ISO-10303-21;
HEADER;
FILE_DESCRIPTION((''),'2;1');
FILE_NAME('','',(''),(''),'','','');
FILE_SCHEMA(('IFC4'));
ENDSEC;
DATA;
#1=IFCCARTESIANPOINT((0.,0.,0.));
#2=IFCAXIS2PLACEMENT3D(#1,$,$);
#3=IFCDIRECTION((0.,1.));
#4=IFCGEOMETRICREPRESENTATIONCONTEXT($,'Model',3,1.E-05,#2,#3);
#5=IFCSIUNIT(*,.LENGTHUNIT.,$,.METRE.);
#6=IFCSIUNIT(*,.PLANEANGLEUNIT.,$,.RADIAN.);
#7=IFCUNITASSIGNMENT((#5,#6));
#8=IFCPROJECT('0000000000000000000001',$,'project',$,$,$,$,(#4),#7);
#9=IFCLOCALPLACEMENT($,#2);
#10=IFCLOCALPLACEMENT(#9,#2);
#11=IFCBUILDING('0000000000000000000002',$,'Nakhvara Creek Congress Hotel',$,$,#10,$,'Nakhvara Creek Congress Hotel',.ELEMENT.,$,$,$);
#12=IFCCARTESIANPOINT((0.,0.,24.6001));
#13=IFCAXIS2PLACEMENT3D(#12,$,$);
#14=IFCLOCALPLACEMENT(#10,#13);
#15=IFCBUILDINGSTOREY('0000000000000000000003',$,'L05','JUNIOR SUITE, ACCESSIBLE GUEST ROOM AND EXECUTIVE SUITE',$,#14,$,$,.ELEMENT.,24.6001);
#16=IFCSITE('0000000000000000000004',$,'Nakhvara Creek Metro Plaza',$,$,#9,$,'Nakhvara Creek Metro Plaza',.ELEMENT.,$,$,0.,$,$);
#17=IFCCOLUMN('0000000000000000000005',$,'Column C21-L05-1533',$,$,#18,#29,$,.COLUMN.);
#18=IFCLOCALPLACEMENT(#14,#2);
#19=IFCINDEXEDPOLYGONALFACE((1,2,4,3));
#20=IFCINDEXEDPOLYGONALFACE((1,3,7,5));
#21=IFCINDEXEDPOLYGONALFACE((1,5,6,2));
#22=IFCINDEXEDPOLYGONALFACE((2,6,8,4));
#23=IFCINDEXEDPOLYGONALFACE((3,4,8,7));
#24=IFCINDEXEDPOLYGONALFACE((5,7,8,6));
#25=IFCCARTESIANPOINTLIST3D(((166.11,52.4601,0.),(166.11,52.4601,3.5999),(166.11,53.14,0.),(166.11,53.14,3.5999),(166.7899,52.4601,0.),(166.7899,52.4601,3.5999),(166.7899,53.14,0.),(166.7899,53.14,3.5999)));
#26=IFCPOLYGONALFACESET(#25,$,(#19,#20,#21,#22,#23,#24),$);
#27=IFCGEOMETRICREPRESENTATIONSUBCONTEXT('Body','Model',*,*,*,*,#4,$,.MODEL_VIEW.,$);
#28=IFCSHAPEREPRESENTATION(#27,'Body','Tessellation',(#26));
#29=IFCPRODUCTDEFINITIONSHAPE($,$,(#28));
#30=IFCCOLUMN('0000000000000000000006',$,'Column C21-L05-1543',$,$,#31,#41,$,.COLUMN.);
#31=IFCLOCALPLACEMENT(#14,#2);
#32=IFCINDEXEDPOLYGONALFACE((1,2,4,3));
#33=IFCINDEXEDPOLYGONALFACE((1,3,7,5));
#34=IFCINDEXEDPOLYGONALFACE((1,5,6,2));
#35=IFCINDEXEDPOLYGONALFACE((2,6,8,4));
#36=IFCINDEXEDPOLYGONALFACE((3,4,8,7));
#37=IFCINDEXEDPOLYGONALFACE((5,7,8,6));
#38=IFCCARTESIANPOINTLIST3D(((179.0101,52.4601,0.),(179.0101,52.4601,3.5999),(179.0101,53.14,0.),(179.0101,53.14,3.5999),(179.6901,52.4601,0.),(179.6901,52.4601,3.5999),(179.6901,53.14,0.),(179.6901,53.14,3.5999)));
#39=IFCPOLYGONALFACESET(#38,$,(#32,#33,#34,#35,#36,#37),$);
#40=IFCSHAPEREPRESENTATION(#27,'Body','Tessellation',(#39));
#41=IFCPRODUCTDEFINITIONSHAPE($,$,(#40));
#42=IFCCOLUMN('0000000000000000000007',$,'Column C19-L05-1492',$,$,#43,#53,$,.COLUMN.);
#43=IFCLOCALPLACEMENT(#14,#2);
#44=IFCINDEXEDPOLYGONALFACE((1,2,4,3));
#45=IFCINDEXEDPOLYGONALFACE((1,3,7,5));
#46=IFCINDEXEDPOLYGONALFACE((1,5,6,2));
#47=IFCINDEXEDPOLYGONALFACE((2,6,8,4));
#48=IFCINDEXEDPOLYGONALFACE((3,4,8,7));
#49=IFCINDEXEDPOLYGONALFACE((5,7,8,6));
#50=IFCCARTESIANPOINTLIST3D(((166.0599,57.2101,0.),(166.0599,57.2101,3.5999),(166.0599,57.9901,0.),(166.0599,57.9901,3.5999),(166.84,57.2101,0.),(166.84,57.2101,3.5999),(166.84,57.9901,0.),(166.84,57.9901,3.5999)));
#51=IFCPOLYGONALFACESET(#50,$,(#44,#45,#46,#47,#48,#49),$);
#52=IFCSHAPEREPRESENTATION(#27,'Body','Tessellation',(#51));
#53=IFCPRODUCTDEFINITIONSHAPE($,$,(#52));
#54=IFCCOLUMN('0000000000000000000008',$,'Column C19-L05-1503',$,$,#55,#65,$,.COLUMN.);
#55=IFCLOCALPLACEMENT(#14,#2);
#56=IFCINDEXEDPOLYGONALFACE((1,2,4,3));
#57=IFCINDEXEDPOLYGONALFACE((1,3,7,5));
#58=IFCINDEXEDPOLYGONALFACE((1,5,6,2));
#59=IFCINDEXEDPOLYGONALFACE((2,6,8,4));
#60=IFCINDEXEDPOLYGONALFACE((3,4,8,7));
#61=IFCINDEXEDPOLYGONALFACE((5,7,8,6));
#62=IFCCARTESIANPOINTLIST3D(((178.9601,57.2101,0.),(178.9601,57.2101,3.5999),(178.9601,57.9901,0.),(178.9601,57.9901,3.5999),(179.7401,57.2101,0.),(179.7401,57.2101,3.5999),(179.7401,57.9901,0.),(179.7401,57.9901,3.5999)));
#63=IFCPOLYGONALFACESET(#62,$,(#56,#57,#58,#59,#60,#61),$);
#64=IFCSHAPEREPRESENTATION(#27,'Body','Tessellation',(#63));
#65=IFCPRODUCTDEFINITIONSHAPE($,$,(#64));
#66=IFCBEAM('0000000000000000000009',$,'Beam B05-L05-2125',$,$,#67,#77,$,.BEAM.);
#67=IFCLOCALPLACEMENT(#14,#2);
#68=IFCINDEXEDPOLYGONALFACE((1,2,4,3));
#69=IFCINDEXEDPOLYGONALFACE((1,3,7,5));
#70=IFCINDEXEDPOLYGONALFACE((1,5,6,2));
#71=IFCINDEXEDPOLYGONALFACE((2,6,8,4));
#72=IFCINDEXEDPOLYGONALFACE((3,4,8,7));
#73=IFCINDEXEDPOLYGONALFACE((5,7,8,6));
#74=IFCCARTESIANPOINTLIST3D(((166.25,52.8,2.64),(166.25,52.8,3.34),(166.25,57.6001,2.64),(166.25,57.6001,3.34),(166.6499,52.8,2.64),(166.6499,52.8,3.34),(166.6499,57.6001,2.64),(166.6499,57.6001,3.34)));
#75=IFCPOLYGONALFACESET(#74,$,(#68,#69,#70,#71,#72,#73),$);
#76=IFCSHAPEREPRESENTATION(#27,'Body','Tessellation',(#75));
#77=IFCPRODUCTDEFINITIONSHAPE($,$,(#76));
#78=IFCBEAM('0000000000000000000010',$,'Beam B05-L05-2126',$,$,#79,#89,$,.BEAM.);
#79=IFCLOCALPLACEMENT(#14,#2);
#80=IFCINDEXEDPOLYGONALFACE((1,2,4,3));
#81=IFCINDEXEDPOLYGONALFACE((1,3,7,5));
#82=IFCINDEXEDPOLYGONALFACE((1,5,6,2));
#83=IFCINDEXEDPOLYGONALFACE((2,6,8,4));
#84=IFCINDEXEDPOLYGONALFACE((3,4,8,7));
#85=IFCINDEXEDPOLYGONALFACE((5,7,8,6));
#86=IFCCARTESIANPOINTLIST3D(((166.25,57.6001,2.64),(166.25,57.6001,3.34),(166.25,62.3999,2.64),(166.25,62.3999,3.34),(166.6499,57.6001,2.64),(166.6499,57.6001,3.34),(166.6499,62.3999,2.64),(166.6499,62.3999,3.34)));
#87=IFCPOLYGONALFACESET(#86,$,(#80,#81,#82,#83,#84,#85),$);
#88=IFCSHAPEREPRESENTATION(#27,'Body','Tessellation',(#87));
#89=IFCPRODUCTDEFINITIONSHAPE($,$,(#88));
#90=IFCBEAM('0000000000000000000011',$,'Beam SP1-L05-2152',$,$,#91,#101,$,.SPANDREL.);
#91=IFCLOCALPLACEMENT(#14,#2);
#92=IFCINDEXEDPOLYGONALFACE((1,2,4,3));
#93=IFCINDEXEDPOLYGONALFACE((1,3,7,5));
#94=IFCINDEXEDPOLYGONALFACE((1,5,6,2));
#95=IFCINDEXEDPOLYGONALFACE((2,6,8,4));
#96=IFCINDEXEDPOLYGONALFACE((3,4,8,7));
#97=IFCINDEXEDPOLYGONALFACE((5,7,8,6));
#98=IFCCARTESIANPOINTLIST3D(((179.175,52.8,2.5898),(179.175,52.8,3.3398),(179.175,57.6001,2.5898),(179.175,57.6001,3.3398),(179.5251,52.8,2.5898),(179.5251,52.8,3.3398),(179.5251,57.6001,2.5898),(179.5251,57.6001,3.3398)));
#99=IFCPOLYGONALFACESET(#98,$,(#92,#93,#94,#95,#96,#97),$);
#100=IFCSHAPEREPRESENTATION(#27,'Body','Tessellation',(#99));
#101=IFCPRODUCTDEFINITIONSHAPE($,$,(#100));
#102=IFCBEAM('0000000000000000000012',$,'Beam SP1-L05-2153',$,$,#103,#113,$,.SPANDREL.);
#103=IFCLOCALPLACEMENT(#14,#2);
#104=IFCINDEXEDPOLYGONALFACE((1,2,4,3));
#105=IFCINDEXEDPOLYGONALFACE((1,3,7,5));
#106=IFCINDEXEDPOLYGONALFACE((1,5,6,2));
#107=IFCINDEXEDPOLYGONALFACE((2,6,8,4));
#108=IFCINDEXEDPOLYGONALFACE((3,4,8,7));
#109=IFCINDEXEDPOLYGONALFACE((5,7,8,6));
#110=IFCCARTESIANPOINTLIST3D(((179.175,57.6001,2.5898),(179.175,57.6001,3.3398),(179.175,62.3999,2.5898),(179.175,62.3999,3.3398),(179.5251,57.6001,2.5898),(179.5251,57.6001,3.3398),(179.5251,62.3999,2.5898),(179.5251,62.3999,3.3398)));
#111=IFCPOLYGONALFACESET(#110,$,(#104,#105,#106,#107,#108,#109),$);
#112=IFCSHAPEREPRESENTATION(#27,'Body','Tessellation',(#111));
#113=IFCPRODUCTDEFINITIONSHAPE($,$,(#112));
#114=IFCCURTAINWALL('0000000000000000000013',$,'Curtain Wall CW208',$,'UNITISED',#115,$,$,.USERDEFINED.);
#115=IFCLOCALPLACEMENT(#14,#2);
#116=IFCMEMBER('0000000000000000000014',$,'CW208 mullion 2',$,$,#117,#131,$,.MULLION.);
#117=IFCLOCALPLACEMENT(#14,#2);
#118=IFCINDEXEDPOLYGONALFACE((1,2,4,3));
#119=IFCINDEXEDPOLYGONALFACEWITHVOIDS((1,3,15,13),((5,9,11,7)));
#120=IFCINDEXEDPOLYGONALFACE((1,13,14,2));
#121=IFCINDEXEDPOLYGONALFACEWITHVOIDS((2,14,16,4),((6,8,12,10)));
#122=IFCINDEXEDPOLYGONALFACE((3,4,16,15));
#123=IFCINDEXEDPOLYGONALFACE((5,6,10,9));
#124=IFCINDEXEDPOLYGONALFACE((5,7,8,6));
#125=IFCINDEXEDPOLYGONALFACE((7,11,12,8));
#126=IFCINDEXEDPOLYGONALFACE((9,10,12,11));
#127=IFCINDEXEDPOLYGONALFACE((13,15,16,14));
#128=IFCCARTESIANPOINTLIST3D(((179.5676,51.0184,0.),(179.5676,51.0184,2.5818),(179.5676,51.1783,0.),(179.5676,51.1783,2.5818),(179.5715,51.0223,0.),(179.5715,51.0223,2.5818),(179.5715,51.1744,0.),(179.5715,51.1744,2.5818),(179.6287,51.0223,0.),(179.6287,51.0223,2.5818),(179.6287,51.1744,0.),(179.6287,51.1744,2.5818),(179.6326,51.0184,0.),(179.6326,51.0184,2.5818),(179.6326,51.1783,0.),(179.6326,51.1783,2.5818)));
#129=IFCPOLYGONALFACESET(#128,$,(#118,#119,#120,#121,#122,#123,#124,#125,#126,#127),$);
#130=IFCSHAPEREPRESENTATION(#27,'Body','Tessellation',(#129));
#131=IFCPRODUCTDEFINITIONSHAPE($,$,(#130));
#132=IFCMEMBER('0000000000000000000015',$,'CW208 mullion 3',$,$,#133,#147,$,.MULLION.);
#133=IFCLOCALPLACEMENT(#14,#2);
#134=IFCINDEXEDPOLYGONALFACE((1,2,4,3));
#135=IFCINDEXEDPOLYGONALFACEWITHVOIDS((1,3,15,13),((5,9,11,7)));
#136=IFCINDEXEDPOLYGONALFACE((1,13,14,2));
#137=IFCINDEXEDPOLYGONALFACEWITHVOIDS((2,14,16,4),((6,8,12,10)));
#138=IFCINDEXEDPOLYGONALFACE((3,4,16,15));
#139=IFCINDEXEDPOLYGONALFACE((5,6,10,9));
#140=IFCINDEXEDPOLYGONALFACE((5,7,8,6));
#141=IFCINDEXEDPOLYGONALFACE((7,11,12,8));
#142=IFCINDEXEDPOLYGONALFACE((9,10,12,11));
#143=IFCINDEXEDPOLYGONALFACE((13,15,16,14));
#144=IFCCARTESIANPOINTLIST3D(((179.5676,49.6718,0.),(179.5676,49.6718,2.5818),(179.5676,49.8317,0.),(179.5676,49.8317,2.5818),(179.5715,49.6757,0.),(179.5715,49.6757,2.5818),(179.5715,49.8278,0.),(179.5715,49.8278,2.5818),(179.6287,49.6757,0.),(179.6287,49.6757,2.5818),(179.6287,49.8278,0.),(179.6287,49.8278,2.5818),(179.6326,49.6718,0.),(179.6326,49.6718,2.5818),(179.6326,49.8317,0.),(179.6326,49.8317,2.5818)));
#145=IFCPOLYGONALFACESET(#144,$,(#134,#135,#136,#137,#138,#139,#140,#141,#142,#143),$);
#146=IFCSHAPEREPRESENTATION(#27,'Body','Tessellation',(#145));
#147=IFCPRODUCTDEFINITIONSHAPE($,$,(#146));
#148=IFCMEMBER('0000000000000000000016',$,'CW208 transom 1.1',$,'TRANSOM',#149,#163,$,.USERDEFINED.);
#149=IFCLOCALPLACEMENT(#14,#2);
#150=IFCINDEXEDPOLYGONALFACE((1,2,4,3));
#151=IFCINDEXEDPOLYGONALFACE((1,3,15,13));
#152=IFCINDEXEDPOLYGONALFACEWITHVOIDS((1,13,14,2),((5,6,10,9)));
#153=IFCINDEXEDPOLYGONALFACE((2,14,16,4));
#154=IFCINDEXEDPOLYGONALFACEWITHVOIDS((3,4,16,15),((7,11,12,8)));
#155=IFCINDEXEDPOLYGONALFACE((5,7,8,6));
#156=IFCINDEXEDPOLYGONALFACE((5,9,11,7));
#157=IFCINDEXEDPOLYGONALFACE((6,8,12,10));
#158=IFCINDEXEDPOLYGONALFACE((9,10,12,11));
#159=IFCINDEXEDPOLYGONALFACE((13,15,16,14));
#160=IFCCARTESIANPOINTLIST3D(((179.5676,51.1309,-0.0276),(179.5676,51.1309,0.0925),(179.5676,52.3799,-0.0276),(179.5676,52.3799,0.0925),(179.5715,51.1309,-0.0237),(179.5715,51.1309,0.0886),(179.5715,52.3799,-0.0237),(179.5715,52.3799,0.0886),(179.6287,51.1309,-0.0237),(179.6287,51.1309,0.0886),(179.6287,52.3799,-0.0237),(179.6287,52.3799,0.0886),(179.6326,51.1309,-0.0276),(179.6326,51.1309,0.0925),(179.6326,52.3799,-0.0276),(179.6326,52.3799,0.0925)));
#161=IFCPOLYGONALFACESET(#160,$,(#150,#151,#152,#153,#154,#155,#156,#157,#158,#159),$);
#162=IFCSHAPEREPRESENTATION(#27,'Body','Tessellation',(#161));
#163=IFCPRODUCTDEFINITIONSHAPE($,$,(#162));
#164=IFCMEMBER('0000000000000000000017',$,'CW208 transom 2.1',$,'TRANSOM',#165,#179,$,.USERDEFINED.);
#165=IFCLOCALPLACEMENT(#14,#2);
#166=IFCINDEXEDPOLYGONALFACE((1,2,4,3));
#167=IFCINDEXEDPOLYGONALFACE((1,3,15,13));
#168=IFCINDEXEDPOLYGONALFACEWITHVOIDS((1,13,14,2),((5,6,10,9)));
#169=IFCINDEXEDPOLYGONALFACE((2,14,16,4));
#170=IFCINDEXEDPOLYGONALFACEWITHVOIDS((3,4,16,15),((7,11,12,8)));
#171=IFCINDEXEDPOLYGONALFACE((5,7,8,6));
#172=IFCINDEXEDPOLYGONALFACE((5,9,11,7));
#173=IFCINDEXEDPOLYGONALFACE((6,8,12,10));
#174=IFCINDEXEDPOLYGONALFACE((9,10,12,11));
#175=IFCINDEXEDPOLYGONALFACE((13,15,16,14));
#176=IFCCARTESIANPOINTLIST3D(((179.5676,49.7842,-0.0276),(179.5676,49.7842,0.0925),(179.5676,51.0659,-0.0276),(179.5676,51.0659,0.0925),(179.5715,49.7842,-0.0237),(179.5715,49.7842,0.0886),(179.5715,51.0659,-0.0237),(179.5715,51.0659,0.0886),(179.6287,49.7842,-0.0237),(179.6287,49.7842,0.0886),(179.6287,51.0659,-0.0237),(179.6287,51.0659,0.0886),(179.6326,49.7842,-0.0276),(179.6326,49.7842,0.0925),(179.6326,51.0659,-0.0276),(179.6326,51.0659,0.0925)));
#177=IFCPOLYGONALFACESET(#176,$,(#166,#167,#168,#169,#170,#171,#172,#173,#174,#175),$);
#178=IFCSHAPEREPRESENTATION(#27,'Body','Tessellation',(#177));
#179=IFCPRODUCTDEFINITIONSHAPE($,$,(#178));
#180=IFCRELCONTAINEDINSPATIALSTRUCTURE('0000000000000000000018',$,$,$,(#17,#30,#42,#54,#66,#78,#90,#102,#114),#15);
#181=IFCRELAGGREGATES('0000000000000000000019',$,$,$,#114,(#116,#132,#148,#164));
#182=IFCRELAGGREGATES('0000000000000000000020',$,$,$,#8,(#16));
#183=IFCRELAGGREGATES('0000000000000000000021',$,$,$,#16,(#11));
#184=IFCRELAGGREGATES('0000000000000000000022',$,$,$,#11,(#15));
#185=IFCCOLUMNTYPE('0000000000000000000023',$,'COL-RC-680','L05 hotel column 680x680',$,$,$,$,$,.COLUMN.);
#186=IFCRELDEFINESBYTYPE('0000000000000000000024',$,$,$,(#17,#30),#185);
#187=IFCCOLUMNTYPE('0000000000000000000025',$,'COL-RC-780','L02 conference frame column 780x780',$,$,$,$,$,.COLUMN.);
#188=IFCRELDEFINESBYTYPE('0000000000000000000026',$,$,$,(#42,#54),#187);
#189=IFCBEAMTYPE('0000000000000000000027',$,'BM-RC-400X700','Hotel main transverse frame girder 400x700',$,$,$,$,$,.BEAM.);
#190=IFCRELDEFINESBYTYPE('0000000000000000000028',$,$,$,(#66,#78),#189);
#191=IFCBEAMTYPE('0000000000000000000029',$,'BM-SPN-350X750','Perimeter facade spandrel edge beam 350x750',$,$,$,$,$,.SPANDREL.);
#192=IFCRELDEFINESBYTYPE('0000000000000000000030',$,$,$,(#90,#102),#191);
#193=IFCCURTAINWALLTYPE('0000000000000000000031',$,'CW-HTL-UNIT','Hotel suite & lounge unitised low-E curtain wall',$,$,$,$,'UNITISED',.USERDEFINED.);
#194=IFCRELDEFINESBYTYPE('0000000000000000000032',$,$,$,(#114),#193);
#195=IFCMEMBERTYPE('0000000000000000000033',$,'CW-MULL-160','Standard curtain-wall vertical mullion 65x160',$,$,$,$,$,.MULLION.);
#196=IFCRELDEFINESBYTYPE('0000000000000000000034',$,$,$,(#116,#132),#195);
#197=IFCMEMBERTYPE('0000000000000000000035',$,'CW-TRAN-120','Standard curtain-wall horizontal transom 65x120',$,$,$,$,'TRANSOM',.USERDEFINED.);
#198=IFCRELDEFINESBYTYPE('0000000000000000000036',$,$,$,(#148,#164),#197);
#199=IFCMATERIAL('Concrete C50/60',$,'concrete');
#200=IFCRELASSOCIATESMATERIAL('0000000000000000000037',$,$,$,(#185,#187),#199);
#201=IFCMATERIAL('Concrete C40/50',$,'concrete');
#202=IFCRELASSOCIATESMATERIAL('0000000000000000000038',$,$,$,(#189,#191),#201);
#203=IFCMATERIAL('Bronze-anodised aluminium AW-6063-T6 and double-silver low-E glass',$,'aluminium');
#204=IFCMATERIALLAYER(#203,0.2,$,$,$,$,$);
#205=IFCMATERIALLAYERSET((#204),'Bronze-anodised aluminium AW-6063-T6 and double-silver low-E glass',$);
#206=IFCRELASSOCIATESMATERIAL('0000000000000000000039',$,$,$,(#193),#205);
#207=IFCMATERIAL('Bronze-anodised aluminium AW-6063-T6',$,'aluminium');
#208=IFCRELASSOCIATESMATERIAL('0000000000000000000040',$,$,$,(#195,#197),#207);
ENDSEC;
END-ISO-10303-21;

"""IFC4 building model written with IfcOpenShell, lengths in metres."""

from ifc_helpers import new_model, si_unit, direction, frame, origin, origin_2d, place, context, subcontext, project, spatial, rectangle, hollow_rectangle, extrude, material, layer, layer_set, material_profile, profile_set, type_object, element, aggregate, save


model = new_model("IFC4")

# Units and contexts
model_context = context("Model", 3, precision=1e-05, world=origin(), true_north=direction((0.0, 1.0)))
body_context = subcontext(model_context, "Body", "Model", "MODEL_VIEW")
ifc_project = project(units=[si_unit("LENGTHUNIT", "METRE"), si_unit("PLANEANGLEUNIT", "RADIAN")], contexts=[model_context])

# Site, building, storey
site_placement = place(None, origin())
site = spatial("IfcSite", under=ifc_project, at=site_placement, Name="Nakhvara Creek Metro Plaza", LongName="Nakhvara Creek Metro Plaza", CompositionType="ELEMENT", RefElevation=0.0)
building_placement = place(site_placement, origin())
building = spatial("IfcBuilding", under=site, at=building_placement, Name="Nakhvara Creek Congress Hotel", LongName="Nakhvara Creek Congress Hotel", CompositionType="ELEMENT")
storey_placement = place(building_placement, frame((0.0, 0.0, 24.6001)))
storey = spatial("IfcBuildingStorey", under=building, at=storey_placement, Name="L05", Description="JUNIOR SUITE, ACCESSIBLE GUEST ROOM AND EXECUTIVE SUITE", CompositionType="ELEMENT", Elevation=24.6001)

# Columns
ifc_material_1 = material(Name="Concrete C50/60", Category="concrete")
ifc_material_profile_1 = material_profile(ifc_material_1, rectangle(XDim=0.6799, YDim=0.6799, at=origin_2d()), Name="RC-COL 680x680", Category="LoadBearing")
ifc_profile_set_1 = profile_set([ifc_material_profile_1], Name="Concrete C50/60")
column_type_1 = type_object("IfcColumnType", Name="COL-RC-680", Description="L05 hotel column 680x680", PredefinedType="COLUMN", material=ifc_profile_set_1)
for number, where, z_axis, x_axis, name in (
    (1, (166.45, 52.8, 0.0), (0.0, 0.0, 1.0), (1.0, 0.0, 0.0), "Column C21-L05-1533"),
    (2, (179.3501, 52.8, 0.0), (0.0, 0.0, 1.0), (1.0, 0.0, 0.0), "Column C21-L05-1543"),
):
    element("IfcColumn", number, at=place(storey_placement, frame(where, z_axis=z_axis, x_axis=x_axis)), inside=storey, type_object=column_type_1, Name=name, PredefinedType="COLUMN", context=body_context, shape_type="SweptSolid", body=[
        extrude(rectangle(XDim=0.6799, YDim=0.6799, at=origin_2d()), origin(), (0.0, 0.0, 1.0), 3.5999),
    ])
ifc_material_profile_2 = material_profile(ifc_material_1, rectangle(XDim=0.78, YDim=0.78, at=origin_2d()), Name="RC-COL 780x780", Category="LoadBearing")
ifc_profile_set_2 = profile_set([ifc_material_profile_2], Name="Concrete C50/60")
column_type_2 = type_object("IfcColumnType", Name="COL-RC-780", Description="L02 conference frame column 780x780", PredefinedType="COLUMN", material=ifc_profile_set_2)
for number, where, z_axis, x_axis, name in (
    (3, (166.45, 57.6001, 0.0), (0.0, 0.0, 1.0), (1.0, 0.0, 0.0), "Column C19-L05-1492"),
    (4, (179.3501, 57.6001, 0.0), (0.0, 0.0, 1.0), (1.0, 0.0, 0.0), "Column C19-L05-1503"),
):
    element("IfcColumn", number, at=place(storey_placement, frame(where, z_axis=z_axis, x_axis=x_axis)), inside=storey, type_object=column_type_2, Name=name, PredefinedType="COLUMN", context=body_context, shape_type="SweptSolid", body=[
        extrude(rectangle(XDim=0.78, YDim=0.78, at=origin_2d()), origin(), (0.0, 0.0, 1.0), 3.5999),
    ])

# Beams
ifc_material_2 = material(Name="Concrete C40/50", Category="concrete")
ifc_material_profile_3 = material_profile(ifc_material_2, rectangle(XDim=0.3999, YDim=0.7, at=origin_2d()), Name="RC-BM 400x700", Category="LoadBearing")
ifc_profile_set_3 = profile_set([ifc_material_profile_3], Name="Concrete C40/50")
beam_type_1 = type_object("IfcBeamType", Name="BM-RC-400X700", Description="Hotel main transverse frame girder 400x700", PredefinedType="BEAM", material=ifc_profile_set_3)
beam_1_placement = place(storey_placement, frame((166.45, 52.8, 2.99), z_axis=(0.0, 1.0, 0.0), x_axis=(-1.0, 0.0, 0.0)))
element("IfcBeam", 5, at=beam_1_placement, inside=storey, type_object=beam_type_1, Name="Beam B05-L05-2125", PredefinedType="BEAM", context=body_context, shape_type="SweptSolid", body=[
    extrude(rectangle(XDim=0.3999, YDim=0.7, at=origin_2d()), origin(), (0.0, 0.0, 1.0), 4.8),
])
beam_2_placement = place(storey_placement, frame((166.45, 57.6001, 2.99), z_axis=(0.0, 1.0, 0.0), x_axis=(-1.0, 0.0, 0.0)))
element("IfcBeam", 6, at=beam_2_placement, inside=storey, type_object=beam_type_1, Name="Beam B05-L05-2126", PredefinedType="BEAM", context=body_context, shape_type="SweptSolid", body=[
    extrude(rectangle(XDim=0.3999, YDim=0.7, at=origin_2d()), origin(), (0.0, 0.0, 1.0), 4.7998),
])
ifc_material_profile_4 = material_profile(ifc_material_2, rectangle(XDim=0.3501, YDim=0.75, at=origin_2d()), Name="RC-SPANDREL 350x750", Category="LoadBearing")
ifc_profile_set_4 = profile_set([ifc_material_profile_4], Name="Concrete C40/50")
beam_type_2 = type_object("IfcBeamType", Name="BM-SPN-350X750", Description="Perimeter facade spandrel edge beam 350x750", PredefinedType="SPANDREL", material=ifc_profile_set_4)
beam_3_placement = place(storey_placement, frame((179.3501, 52.8, 2.9648), z_axis=(0.0, 1.0, 0.0), x_axis=(-1.0, 0.0, 0.0)))
element("IfcBeam", 7, at=beam_3_placement, inside=storey, type_object=beam_type_2, Name="Beam SP1-L05-2152", PredefinedType="SPANDREL", context=body_context, shape_type="SweptSolid", body=[
    extrude(rectangle(XDim=0.3501, YDim=0.75, at=origin_2d()), origin(), (0.0, 0.0, 1.0), 4.8),
])
beam_4_placement = place(storey_placement, frame((179.3501, 57.6001, 2.9648), z_axis=(0.0, 1.0, 0.0), x_axis=(-1.0, 0.0, 0.0)))
element("IfcBeam", 8, at=beam_4_placement, inside=storey, type_object=beam_type_2, Name="Beam SP1-L05-2153", PredefinedType="SPANDREL", context=body_context, shape_type="SweptSolid", body=[
    extrude(rectangle(XDim=0.3501, YDim=0.75, at=origin_2d()), origin(), (0.0, 0.0, 1.0), 4.7998),
])

# Curtain wall, members
ifc_material_3 = material(Name="Bronze-anodised aluminium AW-6063-T6 and double-silver low-E glass", Category="aluminium")
ifc_layer_1 = layer(ifc_material_3, 0.2)
ifc_layer_set_1 = layer_set([ifc_layer_1], Name="Bronze-anodised aluminium AW-6063-T6 and double-silver low-E glass")
curtain_wall_type = type_object("IfcCurtainWallType", Name="CW-HTL-UNIT", Description="Hotel suite & lounge unitised low-E curtain wall", ElementType="UNITISED", PredefinedType="USERDEFINED", material=ifc_layer_set_1)
curtain_wall_placement = place(storey_placement, origin())
curtain_wall = element("IfcCurtainWall", 9, at=curtain_wall_placement, inside=storey, type_object=curtain_wall_type, Name="Curtain Wall CW208", ObjectType="UNITISED", PredefinedType="USERDEFINED")
ifc_material_4 = material(Name="Bronze-anodised aluminium AW-6063-T6", Category="aluminium")
ifc_material_profile_5 = material_profile(ifc_material_4, hollow_rectangle(XDim=0.0649, YDim=0.1599, WallThickness=0.0039, at=origin_2d()), Name="ALU-MULL 65x160x4", Category="LoadBearing")
ifc_profile_set_5 = profile_set([ifc_material_profile_5], Name="Bronze-anodised aluminium AW-6063-T6")
member_type_1 = type_object("IfcMemberType", Name="CW-MULL-160", Description="Standard curtain-wall vertical mullion 65x160", PredefinedType="MULLION", material=ifc_profile_set_5)
member_1_placement = place(storey_placement, frame((179.6001, 51.0984, 0.0), z_axis=(0.0, 0.0, 1.0), x_axis=(1.0, 0.0, 0.0)))
member_1 = element("IfcMember", 10, at=member_1_placement, type_object=member_type_1, Name="CW208 mullion 2", PredefinedType="MULLION", context=body_context, shape_type="SweptSolid", body=[
    extrude(hollow_rectangle(XDim=0.0649, YDim=0.1599, WallThickness=0.0039, at=origin_2d()), origin(), (0.0, 0.0, 1.0), 2.5818),
])
member_2_placement = place(storey_placement, frame((179.6001, 49.7517, 0.0), z_axis=(0.0, 0.0, 1.0), x_axis=(1.0, 0.0, 0.0)))
member_2 = element("IfcMember", 11, at=member_2_placement, type_object=member_type_1, Name="CW208 mullion 3", PredefinedType="MULLION", context=body_context, shape_type="SweptSolid", body=[
    extrude(hollow_rectangle(XDim=0.0649, YDim=0.1599, WallThickness=0.0039, at=origin_2d()), origin(), (0.0, 0.0, 1.0), 2.5818),
])
ifc_material_profile_6 = material_profile(ifc_material_4, hollow_rectangle(XDim=0.0649, YDim=0.1201, WallThickness=0.0039, at=origin_2d()), Name="ALU-TRAN 65x120x4", Category="LoadBearing")
ifc_profile_set_6 = profile_set([ifc_material_profile_6], Name="Bronze-anodised aluminium AW-6063-T6")
member_type_2 = type_object("IfcMemberType", Name="CW-TRAN-120", Description="Standard curtain-wall horizontal transom 65x120", ElementType="TRANSOM", PredefinedType="USERDEFINED", material=ifc_profile_set_6)
member_3_placement = place(storey_placement, frame((179.6001, 52.3799, 0.0325), z_axis=(0.0, -1.0, 0.0), x_axis=(1.0, 0.0, 0.0)))
member_3 = element("IfcMember", 12, at=member_3_placement, type_object=member_type_2, Name="CW208 transom 1.1", ObjectType="TRANSOM", PredefinedType="USERDEFINED", context=body_context, shape_type="SweptSolid", body=[
    extrude(hollow_rectangle(XDim=0.0649, YDim=0.1201, WallThickness=0.0039, at=origin_2d()), origin(), (0.0, 0.0, 1.0), 1.249),
])
member_4_placement = place(storey_placement, frame((179.6001, 51.0659, 0.0325), z_axis=(0.0, -1.0, 0.0), x_axis=(1.0, 0.0, 0.0)))
member_4 = element("IfcMember", 13, at=member_4_placement, type_object=member_type_2, Name="CW208 transom 2.1", ObjectType="TRANSOM", PredefinedType="USERDEFINED", context=body_context, shape_type="SweptSolid", body=[
    extrude(hollow_rectangle(XDim=0.0649, YDim=0.1201, WallThickness=0.0039, at=origin_2d()), origin(), (0.0, 0.0, 1.0), 1.2817),
])
aggregate(curtain_wall, [member_1, member_2, member_3, member_4])

save(model, "model.ifc")
